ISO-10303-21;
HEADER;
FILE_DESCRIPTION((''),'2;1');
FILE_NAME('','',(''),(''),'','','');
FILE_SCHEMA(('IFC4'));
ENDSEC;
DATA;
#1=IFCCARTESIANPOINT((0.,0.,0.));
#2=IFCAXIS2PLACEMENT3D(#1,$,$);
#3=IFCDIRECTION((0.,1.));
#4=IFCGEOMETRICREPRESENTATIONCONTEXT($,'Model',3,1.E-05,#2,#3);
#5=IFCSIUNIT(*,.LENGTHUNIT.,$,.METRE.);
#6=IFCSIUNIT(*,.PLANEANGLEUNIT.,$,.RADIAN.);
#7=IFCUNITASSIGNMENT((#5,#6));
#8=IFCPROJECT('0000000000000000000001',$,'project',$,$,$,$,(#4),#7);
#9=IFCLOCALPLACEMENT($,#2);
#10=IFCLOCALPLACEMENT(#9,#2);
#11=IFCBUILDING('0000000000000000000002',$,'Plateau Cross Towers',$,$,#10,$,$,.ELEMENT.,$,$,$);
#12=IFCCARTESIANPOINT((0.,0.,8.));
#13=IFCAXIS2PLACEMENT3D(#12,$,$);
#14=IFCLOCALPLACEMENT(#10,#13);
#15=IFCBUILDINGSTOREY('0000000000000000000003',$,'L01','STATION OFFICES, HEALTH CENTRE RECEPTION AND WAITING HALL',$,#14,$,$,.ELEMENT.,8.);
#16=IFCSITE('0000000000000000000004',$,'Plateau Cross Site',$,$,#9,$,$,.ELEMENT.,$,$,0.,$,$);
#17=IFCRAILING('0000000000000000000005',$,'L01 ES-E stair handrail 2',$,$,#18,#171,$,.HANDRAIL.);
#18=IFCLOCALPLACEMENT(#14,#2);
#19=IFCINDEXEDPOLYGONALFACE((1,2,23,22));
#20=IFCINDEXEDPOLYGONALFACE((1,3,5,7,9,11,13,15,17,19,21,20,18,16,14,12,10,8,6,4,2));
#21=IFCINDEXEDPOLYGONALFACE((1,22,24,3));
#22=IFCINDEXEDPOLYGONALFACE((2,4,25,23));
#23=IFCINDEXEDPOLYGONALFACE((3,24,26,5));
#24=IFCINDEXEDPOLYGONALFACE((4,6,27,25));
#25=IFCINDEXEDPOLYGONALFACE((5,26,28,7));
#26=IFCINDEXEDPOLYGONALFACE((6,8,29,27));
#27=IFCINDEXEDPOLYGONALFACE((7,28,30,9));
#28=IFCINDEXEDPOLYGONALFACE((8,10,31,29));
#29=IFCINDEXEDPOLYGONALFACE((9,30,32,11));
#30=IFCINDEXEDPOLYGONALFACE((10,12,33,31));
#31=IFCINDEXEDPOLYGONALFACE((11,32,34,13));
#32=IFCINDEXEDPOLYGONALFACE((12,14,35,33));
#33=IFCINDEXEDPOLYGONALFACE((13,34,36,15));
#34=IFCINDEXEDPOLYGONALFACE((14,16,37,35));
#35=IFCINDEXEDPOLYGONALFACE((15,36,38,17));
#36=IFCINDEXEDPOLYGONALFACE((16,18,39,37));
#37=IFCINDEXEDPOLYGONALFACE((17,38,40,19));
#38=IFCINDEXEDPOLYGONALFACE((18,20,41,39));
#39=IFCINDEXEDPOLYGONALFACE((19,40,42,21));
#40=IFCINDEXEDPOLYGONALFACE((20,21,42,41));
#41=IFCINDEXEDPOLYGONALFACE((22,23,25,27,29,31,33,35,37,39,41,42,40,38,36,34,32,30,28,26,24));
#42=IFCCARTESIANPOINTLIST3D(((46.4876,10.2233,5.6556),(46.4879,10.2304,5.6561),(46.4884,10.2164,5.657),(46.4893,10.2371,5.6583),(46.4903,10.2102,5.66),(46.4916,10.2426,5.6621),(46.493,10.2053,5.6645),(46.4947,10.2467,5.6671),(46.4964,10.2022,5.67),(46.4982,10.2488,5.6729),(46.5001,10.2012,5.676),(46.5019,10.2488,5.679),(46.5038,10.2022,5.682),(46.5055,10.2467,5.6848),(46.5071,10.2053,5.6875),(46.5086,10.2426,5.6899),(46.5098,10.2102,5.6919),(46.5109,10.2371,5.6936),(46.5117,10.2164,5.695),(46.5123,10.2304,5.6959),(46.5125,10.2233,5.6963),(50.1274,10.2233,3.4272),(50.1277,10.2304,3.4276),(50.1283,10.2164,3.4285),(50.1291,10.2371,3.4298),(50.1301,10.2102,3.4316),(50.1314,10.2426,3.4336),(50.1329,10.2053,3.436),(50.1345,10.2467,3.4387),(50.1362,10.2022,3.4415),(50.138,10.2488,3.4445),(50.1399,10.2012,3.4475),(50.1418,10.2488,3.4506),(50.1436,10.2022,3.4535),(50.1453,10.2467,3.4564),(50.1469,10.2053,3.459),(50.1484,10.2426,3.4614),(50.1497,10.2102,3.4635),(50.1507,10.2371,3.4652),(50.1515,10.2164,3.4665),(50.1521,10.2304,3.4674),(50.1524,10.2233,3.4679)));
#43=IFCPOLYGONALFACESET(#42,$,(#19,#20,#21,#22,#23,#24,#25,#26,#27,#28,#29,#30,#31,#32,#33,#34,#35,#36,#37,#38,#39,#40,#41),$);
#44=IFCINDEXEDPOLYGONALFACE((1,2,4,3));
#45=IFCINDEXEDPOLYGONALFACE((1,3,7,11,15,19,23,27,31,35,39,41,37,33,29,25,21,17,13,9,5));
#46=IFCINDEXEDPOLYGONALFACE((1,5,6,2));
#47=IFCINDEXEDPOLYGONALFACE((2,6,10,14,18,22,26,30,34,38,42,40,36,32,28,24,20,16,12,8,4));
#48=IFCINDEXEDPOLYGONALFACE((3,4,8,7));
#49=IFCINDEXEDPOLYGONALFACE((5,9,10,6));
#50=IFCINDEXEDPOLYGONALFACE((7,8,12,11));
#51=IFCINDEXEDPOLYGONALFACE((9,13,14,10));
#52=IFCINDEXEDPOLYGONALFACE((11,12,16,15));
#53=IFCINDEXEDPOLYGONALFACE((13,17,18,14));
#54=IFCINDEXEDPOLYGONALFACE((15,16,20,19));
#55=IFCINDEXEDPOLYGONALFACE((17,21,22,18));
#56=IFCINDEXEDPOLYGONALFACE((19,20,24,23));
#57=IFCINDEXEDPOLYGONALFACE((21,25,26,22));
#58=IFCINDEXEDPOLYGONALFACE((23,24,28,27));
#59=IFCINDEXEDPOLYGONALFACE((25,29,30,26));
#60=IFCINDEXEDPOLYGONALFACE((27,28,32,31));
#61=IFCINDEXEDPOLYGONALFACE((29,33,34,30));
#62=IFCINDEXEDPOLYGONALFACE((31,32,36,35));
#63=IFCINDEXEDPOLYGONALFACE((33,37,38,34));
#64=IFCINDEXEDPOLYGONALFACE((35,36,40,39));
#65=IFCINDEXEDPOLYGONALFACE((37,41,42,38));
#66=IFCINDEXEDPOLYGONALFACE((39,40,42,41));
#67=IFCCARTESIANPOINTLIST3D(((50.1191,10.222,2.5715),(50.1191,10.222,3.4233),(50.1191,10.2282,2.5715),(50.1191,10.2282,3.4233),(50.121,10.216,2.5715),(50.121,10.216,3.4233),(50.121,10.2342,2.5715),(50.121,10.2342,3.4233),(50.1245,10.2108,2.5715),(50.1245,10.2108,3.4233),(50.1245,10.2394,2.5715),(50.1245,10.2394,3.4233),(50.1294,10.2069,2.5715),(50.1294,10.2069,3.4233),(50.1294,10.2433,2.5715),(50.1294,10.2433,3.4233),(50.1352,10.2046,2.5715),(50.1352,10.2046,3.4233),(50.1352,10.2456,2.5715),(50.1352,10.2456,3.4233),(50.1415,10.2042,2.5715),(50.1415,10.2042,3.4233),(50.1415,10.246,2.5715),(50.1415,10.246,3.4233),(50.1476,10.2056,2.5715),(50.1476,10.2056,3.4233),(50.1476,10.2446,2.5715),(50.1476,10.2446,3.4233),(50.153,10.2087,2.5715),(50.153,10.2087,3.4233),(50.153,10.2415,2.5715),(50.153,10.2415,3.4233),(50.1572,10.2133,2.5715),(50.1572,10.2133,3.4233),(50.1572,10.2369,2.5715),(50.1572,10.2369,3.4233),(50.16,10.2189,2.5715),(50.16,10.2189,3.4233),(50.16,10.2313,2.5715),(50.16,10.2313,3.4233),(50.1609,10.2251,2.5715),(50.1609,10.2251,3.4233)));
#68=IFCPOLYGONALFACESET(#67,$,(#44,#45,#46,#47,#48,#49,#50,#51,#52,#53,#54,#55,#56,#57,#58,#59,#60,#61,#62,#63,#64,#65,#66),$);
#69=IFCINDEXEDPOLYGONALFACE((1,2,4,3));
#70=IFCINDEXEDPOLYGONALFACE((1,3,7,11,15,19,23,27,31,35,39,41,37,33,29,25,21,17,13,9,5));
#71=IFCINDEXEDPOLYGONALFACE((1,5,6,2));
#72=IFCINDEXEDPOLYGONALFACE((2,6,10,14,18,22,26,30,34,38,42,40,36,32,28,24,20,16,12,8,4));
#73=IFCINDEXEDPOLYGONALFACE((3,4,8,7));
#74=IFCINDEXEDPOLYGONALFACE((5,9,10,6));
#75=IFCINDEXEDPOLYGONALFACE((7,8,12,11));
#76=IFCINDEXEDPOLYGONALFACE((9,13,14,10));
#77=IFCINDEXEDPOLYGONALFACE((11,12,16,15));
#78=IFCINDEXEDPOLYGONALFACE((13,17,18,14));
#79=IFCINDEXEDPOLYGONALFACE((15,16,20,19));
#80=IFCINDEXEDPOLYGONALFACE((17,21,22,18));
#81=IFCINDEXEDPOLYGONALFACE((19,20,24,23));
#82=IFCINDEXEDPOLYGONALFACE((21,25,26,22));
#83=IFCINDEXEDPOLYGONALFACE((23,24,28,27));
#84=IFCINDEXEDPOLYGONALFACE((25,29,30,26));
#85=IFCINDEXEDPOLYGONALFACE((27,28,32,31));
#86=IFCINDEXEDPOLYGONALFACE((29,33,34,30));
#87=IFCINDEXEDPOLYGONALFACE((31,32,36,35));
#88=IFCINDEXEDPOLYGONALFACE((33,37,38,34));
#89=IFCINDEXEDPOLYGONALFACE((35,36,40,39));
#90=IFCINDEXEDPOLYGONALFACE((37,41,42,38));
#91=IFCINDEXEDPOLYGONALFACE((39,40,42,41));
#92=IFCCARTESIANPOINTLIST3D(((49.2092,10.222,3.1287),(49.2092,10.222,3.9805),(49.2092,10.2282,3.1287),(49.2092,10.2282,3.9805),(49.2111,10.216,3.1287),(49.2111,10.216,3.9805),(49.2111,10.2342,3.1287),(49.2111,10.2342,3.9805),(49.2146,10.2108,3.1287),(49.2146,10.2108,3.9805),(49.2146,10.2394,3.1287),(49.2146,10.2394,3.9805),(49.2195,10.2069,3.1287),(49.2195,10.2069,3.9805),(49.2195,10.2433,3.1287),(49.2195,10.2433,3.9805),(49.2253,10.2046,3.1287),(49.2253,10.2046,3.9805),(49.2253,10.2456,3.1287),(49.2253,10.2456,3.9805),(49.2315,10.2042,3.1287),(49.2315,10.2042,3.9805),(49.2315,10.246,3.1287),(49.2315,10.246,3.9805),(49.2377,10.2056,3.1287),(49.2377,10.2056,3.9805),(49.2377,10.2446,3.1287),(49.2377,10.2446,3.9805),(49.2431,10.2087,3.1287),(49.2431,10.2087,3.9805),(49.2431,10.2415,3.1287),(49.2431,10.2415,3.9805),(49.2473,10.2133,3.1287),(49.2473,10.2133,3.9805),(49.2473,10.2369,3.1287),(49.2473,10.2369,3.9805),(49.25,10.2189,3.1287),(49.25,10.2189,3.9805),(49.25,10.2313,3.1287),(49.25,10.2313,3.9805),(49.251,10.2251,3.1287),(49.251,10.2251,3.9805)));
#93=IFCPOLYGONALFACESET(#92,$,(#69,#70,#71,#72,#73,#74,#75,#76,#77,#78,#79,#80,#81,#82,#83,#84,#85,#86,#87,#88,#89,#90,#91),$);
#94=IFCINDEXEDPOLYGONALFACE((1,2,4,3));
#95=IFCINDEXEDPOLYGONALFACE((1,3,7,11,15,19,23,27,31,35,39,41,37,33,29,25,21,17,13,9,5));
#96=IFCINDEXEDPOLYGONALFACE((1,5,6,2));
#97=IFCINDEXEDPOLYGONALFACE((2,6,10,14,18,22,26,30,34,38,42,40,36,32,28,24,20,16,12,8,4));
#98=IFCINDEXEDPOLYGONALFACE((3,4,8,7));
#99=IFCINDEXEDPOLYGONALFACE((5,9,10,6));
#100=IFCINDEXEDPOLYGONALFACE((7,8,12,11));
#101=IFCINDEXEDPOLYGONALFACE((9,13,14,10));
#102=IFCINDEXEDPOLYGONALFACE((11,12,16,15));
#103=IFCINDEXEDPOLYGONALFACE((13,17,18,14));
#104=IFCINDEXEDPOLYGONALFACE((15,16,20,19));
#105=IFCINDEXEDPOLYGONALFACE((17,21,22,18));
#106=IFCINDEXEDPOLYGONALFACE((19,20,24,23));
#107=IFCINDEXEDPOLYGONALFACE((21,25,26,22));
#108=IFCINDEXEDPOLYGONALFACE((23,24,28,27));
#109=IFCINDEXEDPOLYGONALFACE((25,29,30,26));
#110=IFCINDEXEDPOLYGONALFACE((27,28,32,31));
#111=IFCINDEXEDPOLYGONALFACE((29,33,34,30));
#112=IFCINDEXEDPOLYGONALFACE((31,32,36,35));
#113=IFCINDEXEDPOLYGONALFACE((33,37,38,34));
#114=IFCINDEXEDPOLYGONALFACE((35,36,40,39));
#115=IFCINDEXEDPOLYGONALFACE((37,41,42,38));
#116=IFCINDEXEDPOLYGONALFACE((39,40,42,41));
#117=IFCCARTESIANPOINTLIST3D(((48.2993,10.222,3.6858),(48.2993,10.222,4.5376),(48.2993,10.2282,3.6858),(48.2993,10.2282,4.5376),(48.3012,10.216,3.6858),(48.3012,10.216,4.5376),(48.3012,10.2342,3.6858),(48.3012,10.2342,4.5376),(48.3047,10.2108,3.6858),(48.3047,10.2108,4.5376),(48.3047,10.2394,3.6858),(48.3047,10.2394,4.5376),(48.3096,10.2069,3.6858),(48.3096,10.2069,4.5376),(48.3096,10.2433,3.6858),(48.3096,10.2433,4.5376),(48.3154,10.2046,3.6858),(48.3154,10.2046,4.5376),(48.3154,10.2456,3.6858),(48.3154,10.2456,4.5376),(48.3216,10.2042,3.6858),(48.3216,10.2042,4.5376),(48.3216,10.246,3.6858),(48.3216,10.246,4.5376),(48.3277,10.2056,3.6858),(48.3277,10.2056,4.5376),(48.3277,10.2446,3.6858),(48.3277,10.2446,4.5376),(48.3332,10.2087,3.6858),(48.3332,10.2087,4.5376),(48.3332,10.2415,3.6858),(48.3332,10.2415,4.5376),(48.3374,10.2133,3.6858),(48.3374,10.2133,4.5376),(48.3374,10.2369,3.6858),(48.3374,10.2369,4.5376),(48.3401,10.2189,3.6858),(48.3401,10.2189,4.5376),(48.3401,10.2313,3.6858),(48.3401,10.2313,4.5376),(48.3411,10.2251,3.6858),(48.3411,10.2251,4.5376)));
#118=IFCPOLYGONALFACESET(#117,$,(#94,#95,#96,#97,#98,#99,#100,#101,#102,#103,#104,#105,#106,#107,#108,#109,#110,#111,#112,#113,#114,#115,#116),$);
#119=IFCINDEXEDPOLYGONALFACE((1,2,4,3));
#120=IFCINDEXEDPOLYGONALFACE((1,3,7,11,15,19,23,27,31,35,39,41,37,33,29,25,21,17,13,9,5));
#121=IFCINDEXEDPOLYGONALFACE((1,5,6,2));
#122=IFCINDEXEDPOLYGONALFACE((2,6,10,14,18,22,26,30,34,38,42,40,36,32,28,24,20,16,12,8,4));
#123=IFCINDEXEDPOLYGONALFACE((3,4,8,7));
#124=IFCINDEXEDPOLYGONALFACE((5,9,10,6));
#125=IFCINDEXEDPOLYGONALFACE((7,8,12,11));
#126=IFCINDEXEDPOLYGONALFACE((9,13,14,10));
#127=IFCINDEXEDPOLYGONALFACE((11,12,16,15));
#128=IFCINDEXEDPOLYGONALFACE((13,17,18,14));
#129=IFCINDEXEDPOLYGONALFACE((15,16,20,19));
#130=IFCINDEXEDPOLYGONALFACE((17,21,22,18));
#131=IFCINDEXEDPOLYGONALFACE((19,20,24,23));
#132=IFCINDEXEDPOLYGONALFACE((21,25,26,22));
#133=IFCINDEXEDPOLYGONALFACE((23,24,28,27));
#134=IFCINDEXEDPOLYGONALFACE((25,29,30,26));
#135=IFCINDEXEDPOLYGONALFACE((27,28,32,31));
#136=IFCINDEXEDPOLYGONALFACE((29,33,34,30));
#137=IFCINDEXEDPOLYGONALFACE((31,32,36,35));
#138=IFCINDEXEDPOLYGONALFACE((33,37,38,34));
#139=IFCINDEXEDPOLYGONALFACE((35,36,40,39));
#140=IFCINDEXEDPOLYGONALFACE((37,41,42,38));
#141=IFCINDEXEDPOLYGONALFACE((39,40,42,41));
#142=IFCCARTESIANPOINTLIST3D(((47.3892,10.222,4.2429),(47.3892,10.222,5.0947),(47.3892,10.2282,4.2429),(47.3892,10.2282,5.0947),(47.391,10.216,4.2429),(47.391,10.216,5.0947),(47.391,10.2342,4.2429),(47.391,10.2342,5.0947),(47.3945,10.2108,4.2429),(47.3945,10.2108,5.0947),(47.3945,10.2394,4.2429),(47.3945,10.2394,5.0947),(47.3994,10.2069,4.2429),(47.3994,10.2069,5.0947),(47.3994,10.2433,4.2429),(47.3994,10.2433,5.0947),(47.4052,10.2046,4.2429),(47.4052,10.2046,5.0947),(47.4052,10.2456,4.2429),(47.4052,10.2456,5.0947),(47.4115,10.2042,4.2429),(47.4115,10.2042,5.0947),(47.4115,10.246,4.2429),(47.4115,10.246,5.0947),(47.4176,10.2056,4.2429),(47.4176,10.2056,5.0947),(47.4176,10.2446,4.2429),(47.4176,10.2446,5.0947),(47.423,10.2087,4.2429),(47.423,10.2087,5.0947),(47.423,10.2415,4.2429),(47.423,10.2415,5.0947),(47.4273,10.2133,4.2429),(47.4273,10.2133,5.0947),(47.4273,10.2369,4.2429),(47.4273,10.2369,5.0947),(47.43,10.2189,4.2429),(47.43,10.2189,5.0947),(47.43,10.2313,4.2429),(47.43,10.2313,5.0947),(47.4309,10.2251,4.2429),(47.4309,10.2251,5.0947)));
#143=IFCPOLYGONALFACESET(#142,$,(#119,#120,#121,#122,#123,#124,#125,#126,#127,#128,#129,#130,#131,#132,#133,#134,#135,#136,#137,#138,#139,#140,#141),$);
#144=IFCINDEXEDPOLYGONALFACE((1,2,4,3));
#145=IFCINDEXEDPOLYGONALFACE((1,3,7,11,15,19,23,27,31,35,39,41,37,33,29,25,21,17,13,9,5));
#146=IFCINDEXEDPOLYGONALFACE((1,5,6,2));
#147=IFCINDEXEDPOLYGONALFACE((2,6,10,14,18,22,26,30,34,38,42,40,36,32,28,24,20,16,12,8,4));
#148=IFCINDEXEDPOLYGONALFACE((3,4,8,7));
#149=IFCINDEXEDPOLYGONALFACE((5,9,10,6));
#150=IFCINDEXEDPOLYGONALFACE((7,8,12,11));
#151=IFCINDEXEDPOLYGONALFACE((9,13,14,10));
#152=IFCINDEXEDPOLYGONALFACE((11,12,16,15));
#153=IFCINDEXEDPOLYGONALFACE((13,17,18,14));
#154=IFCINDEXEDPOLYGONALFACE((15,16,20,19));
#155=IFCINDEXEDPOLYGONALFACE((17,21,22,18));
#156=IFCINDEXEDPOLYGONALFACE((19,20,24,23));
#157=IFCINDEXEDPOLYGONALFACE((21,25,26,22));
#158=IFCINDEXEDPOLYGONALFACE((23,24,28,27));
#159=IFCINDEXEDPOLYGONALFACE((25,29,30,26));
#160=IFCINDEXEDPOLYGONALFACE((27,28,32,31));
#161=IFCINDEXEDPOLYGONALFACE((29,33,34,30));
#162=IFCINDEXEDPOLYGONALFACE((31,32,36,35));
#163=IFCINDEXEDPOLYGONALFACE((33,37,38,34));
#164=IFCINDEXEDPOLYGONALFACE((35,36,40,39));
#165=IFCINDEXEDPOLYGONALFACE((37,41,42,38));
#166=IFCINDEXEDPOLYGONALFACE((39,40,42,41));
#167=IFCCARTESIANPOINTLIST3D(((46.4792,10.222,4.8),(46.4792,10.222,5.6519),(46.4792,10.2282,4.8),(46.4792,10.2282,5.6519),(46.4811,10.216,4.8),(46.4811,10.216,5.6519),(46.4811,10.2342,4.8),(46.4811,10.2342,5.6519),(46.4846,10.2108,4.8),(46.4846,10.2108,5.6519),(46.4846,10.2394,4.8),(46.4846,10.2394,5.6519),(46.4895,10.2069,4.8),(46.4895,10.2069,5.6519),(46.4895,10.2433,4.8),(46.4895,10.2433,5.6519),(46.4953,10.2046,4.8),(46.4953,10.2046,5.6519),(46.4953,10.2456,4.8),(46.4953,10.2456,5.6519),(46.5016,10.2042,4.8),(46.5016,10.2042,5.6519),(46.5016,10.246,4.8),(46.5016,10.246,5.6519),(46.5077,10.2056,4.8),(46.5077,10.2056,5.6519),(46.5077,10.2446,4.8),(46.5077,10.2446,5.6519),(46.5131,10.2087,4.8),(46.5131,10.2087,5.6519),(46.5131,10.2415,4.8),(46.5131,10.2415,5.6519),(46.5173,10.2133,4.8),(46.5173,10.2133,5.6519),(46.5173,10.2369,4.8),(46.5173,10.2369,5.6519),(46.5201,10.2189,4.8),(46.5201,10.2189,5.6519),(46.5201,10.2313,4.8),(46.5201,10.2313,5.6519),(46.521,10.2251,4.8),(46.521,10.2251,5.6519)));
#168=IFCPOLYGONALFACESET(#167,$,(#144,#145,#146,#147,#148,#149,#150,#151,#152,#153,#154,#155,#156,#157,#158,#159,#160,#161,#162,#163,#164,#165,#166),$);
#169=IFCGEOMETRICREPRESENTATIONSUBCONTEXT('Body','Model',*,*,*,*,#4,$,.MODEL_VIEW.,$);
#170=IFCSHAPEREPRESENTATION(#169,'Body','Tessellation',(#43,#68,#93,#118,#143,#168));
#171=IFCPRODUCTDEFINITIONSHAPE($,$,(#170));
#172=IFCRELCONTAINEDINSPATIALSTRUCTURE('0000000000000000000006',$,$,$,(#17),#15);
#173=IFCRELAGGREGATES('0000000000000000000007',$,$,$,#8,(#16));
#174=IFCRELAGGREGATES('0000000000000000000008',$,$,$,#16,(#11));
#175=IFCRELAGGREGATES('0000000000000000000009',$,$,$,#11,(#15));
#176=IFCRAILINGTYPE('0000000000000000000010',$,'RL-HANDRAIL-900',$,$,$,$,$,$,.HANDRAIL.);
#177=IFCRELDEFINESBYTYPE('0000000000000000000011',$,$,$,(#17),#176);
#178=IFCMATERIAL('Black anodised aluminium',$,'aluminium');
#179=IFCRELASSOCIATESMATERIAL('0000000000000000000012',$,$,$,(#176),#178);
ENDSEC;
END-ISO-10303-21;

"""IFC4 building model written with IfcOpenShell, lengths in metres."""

from ifc_helpers import new_model, si_unit, direction, frame, origin, origin_2d, place, context, subcontext, project, spatial, circle, extrude, material, type_object, element, save


model = new_model("IFC4")

# Units and contexts
model_context = context("Model", 3, precision=1e-05, world=origin(), true_north=direction((0.0, 1.0)))
body_context = subcontext(model_context, "Body", "Model", "MODEL_VIEW")
ifc_project = project(units=[si_unit("LENGTHUNIT", "METRE"), si_unit("PLANEANGLEUNIT", "RADIAN")], contexts=[model_context])

# Site, building, storey
site_placement = place(None, origin())
site = spatial("IfcSite", under=ifc_project, at=site_placement, Name="Plateau Cross Site", CompositionType="ELEMENT", RefElevation=0.0)
building_placement = place(site_placement, origin())
building = spatial("IfcBuilding", under=site, at=building_placement, Name="Plateau Cross Towers", CompositionType="ELEMENT")
storey_placement = place(building_placement, frame((0.0, 0.0, 8.0)))
storey = spatial("IfcBuildingStorey", under=building, at=storey_placement, Name="L01", Description="STATION OFFICES, HEALTH CENTRE RECEPTION AND WAITING HALL", CompositionType="ELEMENT", Elevation=8.0)

# Railing
ifc_material_1 = material(Name="Black anodised aluminium", Category="aluminium")
railing_type_1 = type_object("IfcRailingType", Name="RL-HANDRAIL-900", PredefinedType="HANDRAIL", material=ifc_material_1)
railing_1_placement = place(storey_placement, frame((50.1399, 10.2251, 2.5715)))
element("IfcRailing", 1, at=railing_1_placement, inside=storey, type_object=railing_type_1, Name="L01 ES-E stair handrail 2", PredefinedType="HANDRAIL", context=body_context, shape_type="SweptSolid", body=[
    extrude(circle(Radius=0.0239, at=origin_2d()), frame((0.0, 0.0, 0.876), z_axis=(-0.85285, 0.0, 0.522156), x_axis=(0.0, -1.0, 0.0)), (0.0, 0.0, 1.0), 4.2678),
    extrude(circle(Radius=0.021, at=origin_2d()), origin(), (0.0, 0.0, 1.0), 0.8518),
    extrude(circle(Radius=0.021, at=origin_2d()), frame((-0.9099, 0.0, 0.5571)), (0.0, 0.0, 1.0), 0.8518),
    extrude(circle(Radius=0.021, at=origin_2d()), frame((-1.8198, 0.0, 1.1143)), (0.0, 0.0, 1.0), 0.8518),
    extrude(circle(Radius=0.021, at=origin_2d()), frame((-2.73, 0.0, 1.6714)), (0.0, 0.0, 1.0), 0.8518),
    extrude(circle(Radius=0.021, at=origin_2d()), frame((-3.6399, 0.0, 2.2285)), (0.0, 0.0, 1.0), 0.8518),
])

save(model, "model.ifc")
